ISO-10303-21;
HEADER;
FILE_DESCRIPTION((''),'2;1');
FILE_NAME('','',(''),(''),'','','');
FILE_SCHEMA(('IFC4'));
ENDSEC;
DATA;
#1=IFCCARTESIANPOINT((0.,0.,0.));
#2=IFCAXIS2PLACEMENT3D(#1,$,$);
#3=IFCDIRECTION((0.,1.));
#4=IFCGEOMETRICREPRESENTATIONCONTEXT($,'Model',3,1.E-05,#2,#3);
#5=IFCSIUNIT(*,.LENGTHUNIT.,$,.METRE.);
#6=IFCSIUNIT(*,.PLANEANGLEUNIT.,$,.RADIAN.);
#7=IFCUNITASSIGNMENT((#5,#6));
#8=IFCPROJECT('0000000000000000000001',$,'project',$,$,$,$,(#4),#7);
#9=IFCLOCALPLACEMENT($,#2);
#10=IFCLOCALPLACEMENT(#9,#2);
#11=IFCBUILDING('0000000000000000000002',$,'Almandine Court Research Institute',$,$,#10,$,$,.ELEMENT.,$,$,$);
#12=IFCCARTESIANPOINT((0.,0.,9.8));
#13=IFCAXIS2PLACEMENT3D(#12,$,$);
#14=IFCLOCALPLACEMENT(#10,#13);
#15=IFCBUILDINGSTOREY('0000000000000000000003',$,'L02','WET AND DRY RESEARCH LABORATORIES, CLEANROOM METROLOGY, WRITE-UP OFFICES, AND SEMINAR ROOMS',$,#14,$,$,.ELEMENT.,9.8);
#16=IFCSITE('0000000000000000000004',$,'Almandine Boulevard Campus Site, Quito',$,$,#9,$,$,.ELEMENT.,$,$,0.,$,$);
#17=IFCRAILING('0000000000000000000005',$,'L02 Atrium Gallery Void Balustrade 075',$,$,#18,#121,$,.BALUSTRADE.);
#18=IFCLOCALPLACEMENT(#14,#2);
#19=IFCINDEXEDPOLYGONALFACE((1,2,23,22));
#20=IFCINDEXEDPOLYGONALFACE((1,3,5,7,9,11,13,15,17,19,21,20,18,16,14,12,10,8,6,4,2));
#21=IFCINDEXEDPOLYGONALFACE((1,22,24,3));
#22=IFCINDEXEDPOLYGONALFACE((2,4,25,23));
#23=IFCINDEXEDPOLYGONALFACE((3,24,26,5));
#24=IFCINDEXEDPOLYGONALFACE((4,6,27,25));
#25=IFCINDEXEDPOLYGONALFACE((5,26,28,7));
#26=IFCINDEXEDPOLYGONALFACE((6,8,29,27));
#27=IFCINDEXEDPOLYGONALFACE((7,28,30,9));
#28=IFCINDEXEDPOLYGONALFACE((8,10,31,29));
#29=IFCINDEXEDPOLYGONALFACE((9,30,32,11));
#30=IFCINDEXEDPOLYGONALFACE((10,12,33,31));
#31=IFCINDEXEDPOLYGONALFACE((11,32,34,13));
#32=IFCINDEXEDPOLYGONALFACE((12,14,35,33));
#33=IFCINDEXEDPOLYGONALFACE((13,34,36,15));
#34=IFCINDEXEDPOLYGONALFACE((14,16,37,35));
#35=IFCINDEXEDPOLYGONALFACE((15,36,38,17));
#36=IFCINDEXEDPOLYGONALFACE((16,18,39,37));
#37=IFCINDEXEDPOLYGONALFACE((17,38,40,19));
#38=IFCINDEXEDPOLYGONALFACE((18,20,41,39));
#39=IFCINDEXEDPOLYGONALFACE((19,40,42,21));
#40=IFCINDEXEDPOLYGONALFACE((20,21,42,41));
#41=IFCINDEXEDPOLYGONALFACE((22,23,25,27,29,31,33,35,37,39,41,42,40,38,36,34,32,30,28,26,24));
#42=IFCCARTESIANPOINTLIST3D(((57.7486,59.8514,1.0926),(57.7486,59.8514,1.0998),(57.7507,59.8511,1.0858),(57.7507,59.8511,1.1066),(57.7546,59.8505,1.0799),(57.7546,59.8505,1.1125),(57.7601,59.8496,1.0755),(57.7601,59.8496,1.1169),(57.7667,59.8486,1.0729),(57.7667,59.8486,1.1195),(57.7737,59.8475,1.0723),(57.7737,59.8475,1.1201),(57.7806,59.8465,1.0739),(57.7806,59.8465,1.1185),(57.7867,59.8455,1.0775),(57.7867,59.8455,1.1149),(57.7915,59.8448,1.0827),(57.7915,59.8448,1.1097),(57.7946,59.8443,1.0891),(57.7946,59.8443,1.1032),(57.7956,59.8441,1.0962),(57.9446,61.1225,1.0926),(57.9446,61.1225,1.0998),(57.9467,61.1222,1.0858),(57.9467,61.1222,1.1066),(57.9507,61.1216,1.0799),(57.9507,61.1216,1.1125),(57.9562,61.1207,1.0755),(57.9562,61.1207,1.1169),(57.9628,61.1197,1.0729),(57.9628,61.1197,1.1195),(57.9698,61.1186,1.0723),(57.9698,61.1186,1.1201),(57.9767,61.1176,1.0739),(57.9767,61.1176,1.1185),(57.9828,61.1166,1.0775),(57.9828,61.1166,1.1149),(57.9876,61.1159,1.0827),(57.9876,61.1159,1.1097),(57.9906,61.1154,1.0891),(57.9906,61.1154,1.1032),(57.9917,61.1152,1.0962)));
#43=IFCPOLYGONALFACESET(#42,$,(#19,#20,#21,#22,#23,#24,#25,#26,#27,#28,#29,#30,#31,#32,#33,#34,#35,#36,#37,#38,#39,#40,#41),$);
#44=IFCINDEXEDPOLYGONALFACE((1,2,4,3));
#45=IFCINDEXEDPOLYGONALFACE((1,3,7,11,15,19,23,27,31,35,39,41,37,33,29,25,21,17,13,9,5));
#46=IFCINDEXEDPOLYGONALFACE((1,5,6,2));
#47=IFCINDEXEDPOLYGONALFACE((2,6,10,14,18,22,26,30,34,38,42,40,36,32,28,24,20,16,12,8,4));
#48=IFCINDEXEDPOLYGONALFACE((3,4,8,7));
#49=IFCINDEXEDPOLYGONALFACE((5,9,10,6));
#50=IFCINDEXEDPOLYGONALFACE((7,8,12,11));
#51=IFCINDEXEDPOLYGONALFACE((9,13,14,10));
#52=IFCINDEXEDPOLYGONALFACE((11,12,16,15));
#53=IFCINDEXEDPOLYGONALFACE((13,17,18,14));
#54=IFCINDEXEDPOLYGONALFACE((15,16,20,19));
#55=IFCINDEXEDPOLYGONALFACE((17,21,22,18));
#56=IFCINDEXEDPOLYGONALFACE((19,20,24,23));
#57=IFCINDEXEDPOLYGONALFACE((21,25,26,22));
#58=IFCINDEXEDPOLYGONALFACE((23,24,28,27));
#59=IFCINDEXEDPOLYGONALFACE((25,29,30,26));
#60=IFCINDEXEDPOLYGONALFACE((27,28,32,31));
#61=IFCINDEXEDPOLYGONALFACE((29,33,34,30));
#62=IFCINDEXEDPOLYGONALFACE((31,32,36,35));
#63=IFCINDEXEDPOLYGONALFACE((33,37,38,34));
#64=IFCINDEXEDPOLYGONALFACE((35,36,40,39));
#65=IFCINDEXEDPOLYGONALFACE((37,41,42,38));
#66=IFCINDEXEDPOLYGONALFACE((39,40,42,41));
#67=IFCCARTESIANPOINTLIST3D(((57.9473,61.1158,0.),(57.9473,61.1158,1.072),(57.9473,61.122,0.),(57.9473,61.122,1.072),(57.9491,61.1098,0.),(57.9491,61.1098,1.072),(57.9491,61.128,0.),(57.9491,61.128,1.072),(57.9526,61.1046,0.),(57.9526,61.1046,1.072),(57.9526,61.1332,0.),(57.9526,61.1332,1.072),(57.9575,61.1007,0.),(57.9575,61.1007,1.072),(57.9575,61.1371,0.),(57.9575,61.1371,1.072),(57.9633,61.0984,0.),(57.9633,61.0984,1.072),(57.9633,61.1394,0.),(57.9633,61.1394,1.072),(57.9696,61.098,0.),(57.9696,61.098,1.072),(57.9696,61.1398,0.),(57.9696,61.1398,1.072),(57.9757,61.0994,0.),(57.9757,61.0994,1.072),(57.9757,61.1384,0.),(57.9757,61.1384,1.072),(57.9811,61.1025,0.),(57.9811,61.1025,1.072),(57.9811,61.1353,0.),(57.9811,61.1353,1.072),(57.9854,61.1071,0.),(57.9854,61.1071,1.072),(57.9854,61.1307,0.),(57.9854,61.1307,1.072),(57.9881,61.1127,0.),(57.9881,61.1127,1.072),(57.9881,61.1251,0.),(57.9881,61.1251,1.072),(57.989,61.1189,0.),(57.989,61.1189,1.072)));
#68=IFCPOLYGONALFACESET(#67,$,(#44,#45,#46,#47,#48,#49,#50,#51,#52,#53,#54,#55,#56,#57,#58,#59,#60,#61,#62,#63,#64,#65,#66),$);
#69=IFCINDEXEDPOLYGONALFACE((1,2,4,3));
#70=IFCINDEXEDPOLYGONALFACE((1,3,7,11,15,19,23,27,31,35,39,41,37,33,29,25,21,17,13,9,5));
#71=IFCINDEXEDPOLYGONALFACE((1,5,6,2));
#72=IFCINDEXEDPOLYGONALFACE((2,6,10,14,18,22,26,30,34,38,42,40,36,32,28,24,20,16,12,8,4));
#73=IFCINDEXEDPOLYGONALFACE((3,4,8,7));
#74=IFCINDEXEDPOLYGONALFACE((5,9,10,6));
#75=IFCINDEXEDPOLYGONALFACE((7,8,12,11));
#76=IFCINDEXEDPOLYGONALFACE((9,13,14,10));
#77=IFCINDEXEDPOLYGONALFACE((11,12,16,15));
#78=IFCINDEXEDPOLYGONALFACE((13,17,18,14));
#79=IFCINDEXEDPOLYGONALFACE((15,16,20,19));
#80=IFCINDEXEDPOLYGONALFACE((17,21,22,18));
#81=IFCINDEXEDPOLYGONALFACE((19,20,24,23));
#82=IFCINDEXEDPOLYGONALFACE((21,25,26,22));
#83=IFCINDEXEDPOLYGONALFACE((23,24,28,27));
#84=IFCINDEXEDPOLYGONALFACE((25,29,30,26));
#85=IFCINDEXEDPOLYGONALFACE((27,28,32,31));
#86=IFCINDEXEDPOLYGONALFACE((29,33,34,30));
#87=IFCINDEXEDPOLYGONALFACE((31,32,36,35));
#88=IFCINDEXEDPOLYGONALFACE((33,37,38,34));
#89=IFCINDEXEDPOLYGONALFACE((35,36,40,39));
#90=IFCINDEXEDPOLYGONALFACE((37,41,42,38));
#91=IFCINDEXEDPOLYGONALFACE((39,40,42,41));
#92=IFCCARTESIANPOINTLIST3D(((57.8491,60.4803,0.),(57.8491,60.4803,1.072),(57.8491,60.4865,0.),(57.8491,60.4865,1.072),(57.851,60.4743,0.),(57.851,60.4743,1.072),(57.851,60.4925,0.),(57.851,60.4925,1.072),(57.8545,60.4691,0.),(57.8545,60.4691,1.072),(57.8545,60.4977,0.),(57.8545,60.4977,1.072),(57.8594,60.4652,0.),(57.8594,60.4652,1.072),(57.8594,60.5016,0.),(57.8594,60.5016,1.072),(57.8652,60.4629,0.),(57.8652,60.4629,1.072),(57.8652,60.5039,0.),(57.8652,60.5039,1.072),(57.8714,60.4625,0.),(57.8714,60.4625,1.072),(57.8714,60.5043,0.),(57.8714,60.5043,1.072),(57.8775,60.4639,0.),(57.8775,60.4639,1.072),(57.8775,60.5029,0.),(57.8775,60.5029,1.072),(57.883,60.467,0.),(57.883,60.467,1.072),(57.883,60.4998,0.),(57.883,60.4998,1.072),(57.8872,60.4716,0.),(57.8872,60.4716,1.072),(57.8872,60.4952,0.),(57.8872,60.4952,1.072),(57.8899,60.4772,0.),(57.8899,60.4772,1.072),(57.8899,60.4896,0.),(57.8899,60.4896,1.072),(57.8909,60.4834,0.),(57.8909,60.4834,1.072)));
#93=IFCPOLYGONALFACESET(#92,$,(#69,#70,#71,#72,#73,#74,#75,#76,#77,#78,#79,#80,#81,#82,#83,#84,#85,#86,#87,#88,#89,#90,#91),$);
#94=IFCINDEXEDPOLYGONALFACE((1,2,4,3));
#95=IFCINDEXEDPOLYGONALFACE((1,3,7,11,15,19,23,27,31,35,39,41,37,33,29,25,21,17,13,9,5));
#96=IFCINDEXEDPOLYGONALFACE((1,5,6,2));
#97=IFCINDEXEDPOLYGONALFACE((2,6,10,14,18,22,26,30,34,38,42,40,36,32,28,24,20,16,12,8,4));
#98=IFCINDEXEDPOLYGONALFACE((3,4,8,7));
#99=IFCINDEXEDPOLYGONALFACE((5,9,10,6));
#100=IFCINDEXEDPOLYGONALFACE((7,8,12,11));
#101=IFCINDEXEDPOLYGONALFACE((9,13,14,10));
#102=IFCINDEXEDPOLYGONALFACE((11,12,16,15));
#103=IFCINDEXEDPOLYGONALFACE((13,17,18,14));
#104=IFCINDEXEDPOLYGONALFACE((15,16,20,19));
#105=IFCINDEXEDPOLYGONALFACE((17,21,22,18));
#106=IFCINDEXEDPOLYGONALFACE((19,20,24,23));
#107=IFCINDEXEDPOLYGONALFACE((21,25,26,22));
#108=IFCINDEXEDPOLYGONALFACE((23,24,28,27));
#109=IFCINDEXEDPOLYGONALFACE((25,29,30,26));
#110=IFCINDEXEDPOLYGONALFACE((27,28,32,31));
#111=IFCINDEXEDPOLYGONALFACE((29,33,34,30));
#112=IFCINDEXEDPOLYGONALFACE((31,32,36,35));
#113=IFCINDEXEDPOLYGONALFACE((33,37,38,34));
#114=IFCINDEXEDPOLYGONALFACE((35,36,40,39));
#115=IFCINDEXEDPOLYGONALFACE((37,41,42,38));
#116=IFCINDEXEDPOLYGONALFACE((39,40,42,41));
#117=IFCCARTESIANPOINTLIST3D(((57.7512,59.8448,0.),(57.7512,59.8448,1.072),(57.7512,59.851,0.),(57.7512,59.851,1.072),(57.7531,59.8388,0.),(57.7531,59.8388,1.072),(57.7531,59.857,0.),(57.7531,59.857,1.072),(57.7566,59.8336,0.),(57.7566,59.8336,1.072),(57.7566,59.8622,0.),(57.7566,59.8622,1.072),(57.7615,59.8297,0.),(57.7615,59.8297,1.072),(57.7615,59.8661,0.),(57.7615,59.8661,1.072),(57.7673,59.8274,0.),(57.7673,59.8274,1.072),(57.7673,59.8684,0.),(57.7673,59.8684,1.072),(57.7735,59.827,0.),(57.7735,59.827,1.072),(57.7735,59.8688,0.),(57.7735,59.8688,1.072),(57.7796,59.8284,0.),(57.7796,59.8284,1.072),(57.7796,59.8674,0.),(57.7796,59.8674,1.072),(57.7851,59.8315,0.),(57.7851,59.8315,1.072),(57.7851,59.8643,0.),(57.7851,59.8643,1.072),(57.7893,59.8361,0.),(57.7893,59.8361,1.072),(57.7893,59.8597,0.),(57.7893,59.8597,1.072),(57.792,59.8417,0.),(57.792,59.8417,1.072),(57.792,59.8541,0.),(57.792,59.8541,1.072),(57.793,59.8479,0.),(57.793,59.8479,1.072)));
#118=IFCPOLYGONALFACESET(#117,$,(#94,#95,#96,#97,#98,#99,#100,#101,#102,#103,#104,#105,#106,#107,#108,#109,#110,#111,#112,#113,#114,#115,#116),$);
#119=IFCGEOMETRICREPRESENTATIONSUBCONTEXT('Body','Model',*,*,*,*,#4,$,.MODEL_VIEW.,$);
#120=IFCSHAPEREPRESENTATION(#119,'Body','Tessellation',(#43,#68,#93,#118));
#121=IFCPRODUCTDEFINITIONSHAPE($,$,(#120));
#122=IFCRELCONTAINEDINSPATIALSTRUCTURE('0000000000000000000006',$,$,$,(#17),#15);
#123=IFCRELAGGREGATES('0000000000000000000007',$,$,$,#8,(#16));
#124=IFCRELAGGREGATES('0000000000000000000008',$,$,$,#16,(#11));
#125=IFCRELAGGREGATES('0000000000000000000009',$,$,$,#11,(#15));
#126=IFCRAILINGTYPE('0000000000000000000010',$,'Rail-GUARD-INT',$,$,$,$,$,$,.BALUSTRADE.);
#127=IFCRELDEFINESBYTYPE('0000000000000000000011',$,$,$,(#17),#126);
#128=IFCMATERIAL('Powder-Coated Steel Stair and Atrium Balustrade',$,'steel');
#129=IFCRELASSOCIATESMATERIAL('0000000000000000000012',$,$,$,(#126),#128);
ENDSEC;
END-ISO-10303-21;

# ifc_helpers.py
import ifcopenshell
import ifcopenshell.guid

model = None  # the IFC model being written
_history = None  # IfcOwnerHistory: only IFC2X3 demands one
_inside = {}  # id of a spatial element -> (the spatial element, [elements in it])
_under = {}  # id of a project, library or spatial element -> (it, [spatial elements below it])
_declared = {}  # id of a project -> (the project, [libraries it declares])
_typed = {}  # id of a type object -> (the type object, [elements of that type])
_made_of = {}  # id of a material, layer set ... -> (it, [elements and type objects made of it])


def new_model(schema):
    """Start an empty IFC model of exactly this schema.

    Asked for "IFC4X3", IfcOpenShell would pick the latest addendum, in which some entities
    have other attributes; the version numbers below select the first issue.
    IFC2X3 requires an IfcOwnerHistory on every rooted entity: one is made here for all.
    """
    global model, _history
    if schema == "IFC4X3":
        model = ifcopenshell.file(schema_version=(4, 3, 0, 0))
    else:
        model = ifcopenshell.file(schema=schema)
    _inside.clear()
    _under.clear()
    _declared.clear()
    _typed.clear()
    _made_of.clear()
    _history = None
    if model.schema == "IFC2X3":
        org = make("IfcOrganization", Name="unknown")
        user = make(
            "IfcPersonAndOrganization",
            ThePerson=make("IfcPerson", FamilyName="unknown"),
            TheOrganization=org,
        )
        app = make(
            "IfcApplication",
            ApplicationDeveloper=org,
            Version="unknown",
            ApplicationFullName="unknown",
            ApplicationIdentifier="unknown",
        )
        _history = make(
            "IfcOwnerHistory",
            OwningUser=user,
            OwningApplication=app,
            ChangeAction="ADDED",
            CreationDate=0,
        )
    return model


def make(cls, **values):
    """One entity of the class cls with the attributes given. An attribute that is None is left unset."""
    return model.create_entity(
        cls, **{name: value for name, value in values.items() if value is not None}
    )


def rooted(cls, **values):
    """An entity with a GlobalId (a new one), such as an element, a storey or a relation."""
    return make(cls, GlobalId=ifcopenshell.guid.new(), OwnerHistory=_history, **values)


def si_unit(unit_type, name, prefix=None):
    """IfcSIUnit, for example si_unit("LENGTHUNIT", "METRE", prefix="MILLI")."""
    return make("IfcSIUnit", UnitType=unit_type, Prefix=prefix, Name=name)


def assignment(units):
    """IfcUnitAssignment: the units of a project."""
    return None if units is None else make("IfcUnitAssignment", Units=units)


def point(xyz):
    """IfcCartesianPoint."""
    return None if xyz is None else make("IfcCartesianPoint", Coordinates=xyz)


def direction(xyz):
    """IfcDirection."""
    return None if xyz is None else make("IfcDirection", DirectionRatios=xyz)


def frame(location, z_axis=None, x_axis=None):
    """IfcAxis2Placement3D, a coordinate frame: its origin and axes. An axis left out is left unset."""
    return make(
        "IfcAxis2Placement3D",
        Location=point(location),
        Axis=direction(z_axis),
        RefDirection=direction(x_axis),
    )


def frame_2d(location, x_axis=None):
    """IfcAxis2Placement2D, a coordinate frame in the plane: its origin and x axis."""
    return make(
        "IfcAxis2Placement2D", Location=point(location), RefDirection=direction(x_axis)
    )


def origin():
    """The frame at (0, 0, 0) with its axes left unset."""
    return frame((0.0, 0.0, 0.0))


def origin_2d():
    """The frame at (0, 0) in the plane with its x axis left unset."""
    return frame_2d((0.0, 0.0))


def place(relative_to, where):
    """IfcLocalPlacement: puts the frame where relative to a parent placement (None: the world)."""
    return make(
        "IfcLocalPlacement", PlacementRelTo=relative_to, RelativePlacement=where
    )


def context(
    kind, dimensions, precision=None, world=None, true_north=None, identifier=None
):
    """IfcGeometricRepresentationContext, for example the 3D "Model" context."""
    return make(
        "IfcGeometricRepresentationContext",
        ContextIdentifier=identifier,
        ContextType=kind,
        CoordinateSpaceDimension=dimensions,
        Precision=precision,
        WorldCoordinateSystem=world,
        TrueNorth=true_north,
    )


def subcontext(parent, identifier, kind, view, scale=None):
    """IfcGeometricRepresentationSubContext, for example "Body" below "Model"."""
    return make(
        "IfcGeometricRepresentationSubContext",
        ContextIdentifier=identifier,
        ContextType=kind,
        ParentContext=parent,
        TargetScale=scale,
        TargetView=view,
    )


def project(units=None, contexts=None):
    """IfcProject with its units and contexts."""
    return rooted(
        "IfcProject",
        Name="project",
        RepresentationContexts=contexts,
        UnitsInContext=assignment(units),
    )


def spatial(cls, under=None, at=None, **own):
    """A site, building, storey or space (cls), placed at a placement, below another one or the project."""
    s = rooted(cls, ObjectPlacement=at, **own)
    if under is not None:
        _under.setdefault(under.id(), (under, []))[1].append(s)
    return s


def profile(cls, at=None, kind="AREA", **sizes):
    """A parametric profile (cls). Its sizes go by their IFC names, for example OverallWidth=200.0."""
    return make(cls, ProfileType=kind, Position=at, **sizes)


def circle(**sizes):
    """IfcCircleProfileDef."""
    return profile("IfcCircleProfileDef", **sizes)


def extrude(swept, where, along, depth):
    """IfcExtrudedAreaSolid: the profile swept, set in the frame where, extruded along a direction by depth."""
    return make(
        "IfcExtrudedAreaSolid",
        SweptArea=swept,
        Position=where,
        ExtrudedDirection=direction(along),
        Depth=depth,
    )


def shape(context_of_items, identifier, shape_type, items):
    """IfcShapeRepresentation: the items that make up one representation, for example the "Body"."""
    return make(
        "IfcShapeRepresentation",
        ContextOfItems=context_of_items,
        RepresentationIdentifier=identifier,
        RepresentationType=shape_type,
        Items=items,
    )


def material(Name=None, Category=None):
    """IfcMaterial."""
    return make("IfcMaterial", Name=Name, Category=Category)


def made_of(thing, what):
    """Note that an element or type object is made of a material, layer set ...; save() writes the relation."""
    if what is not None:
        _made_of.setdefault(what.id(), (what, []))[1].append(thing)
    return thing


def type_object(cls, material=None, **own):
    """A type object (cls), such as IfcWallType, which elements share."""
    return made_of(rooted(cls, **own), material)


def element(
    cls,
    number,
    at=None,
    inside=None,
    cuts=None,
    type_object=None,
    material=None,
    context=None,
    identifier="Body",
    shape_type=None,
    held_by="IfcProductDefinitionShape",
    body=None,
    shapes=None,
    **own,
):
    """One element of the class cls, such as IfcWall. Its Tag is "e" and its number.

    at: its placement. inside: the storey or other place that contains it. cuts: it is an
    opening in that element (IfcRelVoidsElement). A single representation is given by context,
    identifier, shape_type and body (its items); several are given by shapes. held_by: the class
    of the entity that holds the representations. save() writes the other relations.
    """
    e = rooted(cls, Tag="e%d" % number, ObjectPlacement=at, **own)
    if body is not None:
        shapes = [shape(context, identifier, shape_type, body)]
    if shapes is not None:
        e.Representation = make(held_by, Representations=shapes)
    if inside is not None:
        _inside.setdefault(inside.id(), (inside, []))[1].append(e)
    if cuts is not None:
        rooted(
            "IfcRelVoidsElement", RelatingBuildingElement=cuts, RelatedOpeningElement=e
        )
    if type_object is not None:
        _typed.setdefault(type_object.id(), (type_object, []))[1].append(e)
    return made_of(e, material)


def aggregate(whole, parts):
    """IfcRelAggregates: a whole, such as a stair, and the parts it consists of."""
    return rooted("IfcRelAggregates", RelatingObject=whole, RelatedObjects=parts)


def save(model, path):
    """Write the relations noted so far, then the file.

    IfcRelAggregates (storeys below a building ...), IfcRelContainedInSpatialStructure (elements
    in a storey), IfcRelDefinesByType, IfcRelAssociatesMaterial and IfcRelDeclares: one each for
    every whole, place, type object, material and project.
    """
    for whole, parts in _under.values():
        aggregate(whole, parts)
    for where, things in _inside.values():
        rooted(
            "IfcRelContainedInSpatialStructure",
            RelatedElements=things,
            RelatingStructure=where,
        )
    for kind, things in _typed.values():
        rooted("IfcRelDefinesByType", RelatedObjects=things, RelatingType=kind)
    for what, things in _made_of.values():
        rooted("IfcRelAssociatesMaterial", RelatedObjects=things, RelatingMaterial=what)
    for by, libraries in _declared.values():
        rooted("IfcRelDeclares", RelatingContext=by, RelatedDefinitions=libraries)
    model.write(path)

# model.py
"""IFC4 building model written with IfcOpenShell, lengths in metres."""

from ifc_helpers import new_model, si_unit, direction, frame, origin, origin_2d, place, context, subcontext, project, spatial, circle, extrude, material, type_object, element, save


model = new_model("IFC4")

# Units and contexts
model_context = context("Model", 3, precision=1e-05, world=origin(), true_north=direction((0.0, 1.0)))
body_context = subcontext(model_context, "Body", "Model", "MODEL_VIEW")
ifc_project = project(units=[si_unit("LENGTHUNIT", "METRE"), si_unit("PLANEANGLEUNIT", "RADIAN")], contexts=[model_context])

# Site, building, storey
site_placement = place(None, origin())
site = spatial("IfcSite", under=ifc_project, at=site_placement, Name="Almandine Boulevard Campus Site, Quito", CompositionType="ELEMENT", RefElevation=0.0)
building_placement = place(site_placement, origin())
building = spatial("IfcBuilding", under=site, at=building_placement, Name="Almandine Court Research Institute", CompositionType="ELEMENT")
storey_placement = place(building_placement, frame((0.0, 0.0, 9.8)))
storey = spatial("IfcBuildingStorey", under=building, at=storey_placement, Name="L02", Description="WET AND DRY RESEARCH LABORATORIES, CLEANROOM METROLOGY, WRITE-UP OFFICES, AND SEMINAR ROOMS", CompositionType="ELEMENT", Elevation=9.8)

# Railing
ifc_material_1 = material(Name="Powder-Coated Steel Stair and Atrium Balustrade", Category="steel")
railing_type = type_object("IfcRailingType", Name="Rail-GUARD-INT", PredefinedType="BALUSTRADE", material=ifc_material_1)
railing_1_placement = place(storey_placement, frame((57.968, 61.1189, 0.0)))
element("IfcRailing", 1, at=railing_1_placement, inside=storey, type_object=railing_type, Name="L02 Atrium Gallery Void Balustrade 075", PredefinedType="BALUSTRADE", context=body_context, shape_type="SweptSolid", body=[
    extrude(circle(Radius=0.0239, at=origin_2d()), frame((0.0, 0.0, 1.0962), z_axis=(-0.152442, -0.988312, 0.0), x_axis=(0.988312, -0.152442, 0.0)), (0.0, 0.0, 1.0), 1.2861),
    extrude(circle(Radius=0.021, at=origin_2d()), origin(), (0.0, 0.0, 1.0), 1.072),
    extrude(circle(Radius=0.021, at=origin_2d()), frame((-0.0981, -0.6355, 0.0)), (0.0, 0.0, 1.0), 1.072),
    extrude(circle(Radius=0.021, at=origin_2d()), frame((-0.196, -1.271, 0.0)), (0.0, 0.0, 1.0), 1.072),
])

save(model, "model.ifc")
